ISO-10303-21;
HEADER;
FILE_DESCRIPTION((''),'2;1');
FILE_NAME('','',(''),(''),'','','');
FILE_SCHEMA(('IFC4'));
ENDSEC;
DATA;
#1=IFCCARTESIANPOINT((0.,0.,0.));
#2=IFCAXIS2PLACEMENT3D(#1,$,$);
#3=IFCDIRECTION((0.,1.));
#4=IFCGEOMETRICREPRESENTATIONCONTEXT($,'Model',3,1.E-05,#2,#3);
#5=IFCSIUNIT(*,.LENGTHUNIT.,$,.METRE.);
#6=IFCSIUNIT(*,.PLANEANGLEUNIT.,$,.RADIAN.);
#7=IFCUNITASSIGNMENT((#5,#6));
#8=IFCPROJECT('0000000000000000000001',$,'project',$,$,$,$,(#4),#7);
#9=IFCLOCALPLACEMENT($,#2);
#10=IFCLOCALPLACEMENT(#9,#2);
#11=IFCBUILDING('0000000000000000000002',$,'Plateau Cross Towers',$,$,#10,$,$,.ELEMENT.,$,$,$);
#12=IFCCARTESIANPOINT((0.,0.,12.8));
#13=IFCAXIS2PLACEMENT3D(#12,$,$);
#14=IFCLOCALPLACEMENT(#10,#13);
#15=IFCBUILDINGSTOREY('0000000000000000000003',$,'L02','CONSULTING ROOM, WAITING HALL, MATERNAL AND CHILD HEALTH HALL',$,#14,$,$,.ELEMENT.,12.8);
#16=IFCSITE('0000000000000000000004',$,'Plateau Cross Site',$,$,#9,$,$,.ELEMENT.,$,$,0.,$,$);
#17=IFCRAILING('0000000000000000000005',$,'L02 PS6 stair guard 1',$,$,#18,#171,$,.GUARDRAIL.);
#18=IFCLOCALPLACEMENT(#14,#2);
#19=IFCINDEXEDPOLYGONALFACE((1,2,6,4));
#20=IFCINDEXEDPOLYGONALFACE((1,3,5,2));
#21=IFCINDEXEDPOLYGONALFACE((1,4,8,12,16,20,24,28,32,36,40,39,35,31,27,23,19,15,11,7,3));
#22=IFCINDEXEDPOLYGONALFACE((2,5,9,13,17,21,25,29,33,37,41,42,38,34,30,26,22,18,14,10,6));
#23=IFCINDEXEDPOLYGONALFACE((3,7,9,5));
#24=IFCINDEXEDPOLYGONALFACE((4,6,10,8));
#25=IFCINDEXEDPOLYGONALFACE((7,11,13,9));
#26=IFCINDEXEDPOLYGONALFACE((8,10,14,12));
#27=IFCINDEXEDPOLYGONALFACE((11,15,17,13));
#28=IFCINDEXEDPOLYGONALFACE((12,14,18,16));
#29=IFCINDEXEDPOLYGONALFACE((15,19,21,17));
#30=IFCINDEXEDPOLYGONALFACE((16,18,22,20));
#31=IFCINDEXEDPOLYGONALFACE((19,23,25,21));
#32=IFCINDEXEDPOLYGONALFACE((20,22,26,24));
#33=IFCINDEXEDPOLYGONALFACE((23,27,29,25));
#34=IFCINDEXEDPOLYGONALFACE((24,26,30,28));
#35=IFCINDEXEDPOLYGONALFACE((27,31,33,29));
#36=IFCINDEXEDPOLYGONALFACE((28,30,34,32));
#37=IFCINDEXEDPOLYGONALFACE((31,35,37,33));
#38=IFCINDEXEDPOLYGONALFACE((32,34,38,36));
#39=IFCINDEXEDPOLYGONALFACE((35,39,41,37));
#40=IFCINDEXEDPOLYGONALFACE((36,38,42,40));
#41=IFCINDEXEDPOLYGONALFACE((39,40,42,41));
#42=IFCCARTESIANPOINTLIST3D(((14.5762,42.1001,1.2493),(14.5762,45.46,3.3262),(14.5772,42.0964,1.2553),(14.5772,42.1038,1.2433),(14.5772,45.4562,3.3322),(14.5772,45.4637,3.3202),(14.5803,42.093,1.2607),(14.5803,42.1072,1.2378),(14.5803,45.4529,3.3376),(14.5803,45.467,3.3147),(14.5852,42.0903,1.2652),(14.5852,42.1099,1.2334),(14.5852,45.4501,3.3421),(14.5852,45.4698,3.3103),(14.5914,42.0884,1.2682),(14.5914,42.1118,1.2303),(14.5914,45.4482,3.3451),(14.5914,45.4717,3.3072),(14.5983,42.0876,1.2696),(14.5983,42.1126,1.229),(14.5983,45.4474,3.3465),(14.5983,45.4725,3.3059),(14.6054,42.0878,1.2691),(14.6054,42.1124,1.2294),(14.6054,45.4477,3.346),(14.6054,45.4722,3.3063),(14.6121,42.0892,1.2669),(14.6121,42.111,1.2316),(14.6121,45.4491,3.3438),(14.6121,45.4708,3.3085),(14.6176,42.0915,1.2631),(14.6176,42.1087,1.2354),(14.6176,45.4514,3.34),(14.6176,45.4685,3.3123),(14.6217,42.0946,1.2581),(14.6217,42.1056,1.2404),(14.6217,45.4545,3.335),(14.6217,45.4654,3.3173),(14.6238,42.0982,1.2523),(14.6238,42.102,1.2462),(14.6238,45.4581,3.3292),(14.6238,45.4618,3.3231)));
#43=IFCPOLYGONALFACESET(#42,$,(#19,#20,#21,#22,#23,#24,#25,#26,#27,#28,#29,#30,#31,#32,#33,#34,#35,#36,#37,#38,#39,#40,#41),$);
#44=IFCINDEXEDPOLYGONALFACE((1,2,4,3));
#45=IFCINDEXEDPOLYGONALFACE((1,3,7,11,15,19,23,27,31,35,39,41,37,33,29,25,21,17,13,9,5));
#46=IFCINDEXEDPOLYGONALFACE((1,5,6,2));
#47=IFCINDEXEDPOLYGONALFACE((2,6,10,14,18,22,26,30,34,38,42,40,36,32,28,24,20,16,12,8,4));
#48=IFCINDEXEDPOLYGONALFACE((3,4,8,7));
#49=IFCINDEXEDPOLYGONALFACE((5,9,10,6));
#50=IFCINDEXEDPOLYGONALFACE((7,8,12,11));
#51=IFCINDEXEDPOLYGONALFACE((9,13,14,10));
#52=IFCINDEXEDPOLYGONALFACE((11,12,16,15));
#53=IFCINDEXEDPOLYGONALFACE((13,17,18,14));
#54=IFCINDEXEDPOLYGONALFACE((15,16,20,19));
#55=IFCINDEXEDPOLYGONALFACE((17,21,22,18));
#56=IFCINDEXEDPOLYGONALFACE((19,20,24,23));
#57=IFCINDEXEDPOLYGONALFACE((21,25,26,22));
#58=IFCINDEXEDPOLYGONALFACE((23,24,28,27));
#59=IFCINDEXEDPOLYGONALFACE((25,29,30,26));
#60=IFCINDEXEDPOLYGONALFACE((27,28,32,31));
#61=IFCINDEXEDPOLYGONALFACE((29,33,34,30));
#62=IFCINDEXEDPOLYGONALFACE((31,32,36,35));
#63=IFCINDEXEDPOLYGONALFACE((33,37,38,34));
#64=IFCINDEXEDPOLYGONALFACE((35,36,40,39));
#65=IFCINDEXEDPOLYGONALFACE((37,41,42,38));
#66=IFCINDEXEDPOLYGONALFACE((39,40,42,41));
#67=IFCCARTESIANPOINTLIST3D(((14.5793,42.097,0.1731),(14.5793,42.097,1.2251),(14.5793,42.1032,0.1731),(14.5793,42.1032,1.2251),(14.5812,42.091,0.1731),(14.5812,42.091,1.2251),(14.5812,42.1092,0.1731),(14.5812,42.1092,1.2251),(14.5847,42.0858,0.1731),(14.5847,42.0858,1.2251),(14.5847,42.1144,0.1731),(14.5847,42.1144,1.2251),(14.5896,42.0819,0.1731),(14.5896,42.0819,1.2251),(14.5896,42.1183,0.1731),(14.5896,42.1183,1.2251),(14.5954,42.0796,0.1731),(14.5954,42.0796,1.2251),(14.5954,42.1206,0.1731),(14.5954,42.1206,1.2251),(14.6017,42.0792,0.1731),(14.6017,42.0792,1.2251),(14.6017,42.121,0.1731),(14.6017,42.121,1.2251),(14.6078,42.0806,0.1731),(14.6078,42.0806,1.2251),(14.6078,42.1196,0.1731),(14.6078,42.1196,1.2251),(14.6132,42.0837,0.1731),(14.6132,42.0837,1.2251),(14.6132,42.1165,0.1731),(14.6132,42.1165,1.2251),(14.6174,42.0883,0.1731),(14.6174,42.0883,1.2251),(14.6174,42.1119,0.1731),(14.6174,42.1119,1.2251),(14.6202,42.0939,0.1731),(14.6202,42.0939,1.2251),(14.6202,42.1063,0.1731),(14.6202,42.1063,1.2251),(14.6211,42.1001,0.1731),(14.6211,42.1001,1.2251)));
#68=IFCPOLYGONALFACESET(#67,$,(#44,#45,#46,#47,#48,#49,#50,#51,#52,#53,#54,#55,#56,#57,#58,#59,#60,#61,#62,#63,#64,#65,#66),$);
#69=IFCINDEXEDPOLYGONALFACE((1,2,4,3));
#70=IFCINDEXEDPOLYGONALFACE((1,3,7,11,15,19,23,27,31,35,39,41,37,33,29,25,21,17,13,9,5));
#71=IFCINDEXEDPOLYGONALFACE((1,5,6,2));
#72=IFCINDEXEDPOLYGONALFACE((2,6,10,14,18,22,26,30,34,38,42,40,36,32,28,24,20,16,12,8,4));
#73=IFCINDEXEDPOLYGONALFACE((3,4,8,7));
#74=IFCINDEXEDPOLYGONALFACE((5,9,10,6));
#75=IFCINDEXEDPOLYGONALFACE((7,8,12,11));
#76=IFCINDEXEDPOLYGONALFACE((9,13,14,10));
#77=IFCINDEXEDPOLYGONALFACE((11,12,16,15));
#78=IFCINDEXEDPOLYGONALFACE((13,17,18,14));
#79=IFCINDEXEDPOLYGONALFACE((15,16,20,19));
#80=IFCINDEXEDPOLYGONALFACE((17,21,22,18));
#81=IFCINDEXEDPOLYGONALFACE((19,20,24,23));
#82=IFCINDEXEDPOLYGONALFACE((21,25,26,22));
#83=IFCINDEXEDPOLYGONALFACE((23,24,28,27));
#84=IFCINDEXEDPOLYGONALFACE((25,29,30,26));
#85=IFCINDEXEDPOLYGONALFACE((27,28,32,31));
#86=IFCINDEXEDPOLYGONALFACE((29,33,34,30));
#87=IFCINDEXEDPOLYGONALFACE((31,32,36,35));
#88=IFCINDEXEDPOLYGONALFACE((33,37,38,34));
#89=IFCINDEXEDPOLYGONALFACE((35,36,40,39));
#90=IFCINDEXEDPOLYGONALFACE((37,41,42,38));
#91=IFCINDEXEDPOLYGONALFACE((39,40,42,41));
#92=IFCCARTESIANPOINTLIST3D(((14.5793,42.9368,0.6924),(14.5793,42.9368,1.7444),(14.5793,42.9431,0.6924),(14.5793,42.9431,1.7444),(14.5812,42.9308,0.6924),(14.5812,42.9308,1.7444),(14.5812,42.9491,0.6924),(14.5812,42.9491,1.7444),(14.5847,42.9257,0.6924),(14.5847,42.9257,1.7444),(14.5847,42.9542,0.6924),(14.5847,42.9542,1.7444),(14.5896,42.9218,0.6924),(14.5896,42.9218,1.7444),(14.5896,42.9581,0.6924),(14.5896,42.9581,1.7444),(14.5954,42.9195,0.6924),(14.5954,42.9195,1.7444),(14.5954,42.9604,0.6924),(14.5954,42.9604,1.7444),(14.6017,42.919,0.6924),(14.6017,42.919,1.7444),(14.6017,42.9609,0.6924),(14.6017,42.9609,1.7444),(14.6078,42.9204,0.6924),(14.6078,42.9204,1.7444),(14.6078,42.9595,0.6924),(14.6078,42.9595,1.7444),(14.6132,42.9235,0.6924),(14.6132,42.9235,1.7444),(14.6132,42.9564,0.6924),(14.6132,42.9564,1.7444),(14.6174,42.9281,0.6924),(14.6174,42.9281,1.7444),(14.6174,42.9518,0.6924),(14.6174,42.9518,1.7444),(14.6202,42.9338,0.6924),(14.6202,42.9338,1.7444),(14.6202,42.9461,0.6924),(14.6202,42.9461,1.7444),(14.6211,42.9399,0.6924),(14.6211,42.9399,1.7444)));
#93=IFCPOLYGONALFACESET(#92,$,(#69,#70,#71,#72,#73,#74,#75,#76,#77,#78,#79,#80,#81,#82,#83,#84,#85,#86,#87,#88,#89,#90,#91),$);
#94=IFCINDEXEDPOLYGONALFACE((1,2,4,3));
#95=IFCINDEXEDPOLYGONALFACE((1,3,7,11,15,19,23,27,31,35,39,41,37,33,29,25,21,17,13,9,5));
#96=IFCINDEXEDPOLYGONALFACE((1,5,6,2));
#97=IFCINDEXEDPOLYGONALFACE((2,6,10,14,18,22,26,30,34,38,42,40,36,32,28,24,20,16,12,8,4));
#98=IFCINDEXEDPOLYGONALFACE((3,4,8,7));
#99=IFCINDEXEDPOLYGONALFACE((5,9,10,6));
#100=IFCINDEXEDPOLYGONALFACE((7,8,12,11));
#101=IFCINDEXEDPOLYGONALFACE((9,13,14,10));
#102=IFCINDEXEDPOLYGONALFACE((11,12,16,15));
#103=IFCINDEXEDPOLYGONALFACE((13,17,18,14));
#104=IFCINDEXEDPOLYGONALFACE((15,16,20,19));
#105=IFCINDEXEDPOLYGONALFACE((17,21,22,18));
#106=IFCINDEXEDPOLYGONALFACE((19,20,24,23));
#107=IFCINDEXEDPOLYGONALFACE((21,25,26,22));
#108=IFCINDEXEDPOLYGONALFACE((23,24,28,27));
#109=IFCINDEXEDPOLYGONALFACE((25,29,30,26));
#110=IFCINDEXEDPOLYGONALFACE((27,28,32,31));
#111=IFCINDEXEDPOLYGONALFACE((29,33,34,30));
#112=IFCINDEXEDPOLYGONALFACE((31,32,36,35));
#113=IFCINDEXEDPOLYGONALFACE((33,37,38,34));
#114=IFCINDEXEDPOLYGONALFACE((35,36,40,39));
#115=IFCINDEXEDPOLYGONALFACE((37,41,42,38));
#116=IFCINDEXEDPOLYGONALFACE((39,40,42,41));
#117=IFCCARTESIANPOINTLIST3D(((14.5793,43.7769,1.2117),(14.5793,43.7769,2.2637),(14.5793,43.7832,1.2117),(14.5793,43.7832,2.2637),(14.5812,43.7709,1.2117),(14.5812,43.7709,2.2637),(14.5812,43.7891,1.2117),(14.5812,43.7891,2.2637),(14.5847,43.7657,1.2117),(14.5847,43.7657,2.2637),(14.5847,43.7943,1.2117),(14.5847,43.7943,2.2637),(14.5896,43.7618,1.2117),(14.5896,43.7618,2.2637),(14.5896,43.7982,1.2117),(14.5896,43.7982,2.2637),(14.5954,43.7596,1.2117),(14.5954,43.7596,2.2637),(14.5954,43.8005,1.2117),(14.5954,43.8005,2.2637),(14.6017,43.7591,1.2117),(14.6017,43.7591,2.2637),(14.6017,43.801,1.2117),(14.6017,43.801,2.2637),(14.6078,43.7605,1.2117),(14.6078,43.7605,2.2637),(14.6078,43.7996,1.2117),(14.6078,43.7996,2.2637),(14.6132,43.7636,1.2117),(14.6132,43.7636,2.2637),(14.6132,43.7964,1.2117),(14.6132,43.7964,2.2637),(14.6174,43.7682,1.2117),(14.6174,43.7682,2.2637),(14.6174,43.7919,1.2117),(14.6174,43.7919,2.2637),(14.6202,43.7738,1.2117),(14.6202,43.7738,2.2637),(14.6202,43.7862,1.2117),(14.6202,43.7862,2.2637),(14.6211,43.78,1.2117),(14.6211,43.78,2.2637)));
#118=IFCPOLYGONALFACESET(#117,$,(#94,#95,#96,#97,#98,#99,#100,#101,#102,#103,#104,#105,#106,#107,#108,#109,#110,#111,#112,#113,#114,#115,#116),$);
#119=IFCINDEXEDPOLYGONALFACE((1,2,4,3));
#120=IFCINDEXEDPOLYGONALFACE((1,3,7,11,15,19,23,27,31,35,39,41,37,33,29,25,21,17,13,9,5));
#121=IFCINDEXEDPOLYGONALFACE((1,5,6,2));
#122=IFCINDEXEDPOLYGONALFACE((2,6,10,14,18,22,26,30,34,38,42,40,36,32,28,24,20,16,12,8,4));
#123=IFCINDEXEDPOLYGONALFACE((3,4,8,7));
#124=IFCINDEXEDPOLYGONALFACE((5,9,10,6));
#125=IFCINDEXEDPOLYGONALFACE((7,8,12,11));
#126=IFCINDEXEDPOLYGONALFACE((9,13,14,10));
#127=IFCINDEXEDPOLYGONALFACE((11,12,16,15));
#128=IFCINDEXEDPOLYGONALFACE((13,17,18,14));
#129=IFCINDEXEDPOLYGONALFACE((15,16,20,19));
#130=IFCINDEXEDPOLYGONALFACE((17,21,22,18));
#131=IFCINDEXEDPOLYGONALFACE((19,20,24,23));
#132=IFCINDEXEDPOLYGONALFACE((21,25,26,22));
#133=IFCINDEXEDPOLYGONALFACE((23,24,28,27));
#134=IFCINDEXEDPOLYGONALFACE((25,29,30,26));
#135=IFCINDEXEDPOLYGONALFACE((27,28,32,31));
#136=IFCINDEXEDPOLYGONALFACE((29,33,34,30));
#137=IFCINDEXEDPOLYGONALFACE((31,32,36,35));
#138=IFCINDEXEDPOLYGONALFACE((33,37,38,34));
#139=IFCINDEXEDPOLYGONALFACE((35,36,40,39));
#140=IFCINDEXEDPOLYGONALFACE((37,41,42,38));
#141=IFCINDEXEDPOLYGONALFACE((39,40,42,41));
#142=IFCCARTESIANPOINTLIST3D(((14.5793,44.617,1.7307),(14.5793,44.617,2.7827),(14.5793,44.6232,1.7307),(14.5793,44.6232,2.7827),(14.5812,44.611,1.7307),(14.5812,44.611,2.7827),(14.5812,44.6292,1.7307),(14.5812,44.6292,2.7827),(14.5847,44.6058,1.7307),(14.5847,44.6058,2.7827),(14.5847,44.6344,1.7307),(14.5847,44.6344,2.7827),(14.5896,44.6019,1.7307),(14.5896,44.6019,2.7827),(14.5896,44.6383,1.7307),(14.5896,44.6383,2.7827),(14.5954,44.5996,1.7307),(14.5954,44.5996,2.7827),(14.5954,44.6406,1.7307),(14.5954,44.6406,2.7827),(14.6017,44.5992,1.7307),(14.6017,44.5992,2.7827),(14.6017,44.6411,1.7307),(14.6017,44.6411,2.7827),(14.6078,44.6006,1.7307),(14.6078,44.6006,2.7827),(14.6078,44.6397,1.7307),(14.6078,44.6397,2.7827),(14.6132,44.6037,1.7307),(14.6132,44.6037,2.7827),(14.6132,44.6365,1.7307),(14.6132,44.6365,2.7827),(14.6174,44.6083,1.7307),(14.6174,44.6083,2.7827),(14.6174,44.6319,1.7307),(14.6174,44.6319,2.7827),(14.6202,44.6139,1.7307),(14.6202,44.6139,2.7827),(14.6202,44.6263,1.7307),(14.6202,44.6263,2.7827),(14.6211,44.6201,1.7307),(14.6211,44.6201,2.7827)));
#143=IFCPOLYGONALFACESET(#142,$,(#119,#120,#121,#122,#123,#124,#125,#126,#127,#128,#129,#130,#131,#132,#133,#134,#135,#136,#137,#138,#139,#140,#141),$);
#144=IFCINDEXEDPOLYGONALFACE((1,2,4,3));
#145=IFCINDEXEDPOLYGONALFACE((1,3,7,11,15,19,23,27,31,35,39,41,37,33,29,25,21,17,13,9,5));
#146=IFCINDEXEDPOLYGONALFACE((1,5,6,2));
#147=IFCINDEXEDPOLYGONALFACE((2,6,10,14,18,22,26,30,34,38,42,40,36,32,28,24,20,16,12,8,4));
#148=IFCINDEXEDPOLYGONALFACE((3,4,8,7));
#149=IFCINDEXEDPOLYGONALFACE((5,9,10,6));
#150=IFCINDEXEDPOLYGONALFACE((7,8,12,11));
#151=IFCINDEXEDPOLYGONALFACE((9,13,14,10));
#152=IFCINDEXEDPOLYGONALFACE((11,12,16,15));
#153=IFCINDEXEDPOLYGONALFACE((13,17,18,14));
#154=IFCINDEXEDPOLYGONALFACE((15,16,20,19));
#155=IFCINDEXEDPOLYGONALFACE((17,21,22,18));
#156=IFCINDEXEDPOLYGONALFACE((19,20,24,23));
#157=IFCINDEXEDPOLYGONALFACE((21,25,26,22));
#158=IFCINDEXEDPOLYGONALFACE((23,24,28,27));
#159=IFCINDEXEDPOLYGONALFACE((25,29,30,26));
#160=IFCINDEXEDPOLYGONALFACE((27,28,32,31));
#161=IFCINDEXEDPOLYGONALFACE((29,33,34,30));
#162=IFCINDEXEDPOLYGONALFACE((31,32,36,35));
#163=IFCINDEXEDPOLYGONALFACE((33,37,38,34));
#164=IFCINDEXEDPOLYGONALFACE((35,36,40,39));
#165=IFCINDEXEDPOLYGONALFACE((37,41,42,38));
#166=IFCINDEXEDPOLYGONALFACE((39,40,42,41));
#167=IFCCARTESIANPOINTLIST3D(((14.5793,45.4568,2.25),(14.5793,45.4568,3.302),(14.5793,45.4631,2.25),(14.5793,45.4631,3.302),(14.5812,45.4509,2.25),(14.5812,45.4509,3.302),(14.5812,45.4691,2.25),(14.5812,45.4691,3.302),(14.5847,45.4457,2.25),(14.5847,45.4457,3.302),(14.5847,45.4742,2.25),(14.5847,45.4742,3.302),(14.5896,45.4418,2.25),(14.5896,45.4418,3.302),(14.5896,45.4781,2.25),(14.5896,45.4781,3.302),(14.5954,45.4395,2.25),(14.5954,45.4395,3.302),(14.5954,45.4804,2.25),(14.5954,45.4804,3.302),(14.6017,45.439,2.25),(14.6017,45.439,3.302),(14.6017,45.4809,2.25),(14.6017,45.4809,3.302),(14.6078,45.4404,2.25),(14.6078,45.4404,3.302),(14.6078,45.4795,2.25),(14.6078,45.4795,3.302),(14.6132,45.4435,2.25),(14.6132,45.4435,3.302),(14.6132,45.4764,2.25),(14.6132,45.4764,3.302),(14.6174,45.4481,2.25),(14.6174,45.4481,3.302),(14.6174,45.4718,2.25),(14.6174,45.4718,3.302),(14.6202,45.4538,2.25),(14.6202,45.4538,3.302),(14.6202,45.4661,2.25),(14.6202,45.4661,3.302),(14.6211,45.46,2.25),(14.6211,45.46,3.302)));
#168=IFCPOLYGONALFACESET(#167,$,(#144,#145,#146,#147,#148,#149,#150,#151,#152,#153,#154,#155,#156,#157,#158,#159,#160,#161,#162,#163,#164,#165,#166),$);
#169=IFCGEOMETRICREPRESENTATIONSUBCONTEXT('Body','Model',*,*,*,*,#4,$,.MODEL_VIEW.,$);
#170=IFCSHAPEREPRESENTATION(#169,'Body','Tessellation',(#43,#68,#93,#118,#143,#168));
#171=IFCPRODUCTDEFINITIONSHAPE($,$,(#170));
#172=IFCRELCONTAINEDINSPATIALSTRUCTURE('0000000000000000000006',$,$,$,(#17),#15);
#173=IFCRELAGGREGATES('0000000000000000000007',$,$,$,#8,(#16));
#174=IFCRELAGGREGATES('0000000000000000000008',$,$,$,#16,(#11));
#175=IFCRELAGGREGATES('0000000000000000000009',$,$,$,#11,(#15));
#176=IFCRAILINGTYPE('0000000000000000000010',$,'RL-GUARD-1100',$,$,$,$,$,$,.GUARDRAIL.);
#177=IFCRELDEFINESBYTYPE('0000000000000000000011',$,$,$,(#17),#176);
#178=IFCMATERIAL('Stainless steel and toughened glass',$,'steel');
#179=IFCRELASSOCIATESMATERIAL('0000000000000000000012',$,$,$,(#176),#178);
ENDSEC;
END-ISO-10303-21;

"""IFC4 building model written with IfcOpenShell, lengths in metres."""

from ifc_helpers import new_model, si_unit, direction, frame, origin, origin_2d, place, context, subcontext, project, spatial, circle, extrude, material, type_object, element, save


model = new_model("IFC4")

# Units and contexts
model_context = context("Model", 3, precision=1e-05, world=origin(), true_north=direction((0.0, 1.0)))
body_context = subcontext(model_context, "Body", "Model", "MODEL_VIEW")
ifc_project = project(units=[si_unit("LENGTHUNIT", "METRE"), si_unit("PLANEANGLEUNIT", "RADIAN")], contexts=[model_context])

# Site, building, storey
site_placement = place(None, origin())
site = spatial("IfcSite", under=ifc_project, at=site_placement, Name="Plateau Cross Site", CompositionType="ELEMENT", RefElevation=0.0)
building_placement = place(site_placement, origin())
building = spatial("IfcBuilding", under=site, at=building_placement, Name="Plateau Cross Towers", CompositionType="ELEMENT")
storey_placement = place(building_placement, frame((0.0, 0.0, 12.8)))
storey = spatial("IfcBuildingStorey", under=building, at=storey_placement, Name="L02", Description="CONSULTING ROOM, WAITING HALL, MATERNAL AND CHILD HEALTH HALL", CompositionType="ELEMENT", Elevation=12.8)

# Railing
ifc_material_1 = material(Name="Stainless steel and toughened glass", Category="steel")
railing_type_1 = type_object("IfcRailingType", Name="RL-GUARD-1100", PredefinedType="GUARDRAIL", material=ifc_material_1)
railing_1_placement = place(storey_placement, frame((14.6001, 42.1001, 0.1731)))
element("IfcRailing", 1, at=railing_1_placement, inside=storey, type_object=railing_type_1, Name="L02 PS6 stair guard 1", PredefinedType="GUARDRAIL", context=body_context, shape_type="SweptSolid", body=[
    extrude(circle(Radius=0.0239, at=origin_2d()), frame((0.0, 0.0, 1.0762), z_axis=(0.0, 0.850606, 0.525803), x_axis=(-1.0, 0.0, 0.0)), (0.0, 0.0, 1.0), 3.95),
    extrude(circle(Radius=0.021, at=origin_2d()), origin(), (0.0, 0.0, 1.0), 1.052),
    extrude(circle(Radius=0.021, at=origin_2d()), frame((0.0, 0.8398, 0.5193)), (0.0, 0.0, 1.0), 1.052),
    extrude(circle(Radius=0.021, at=origin_2d()), frame((0.0, 1.6799, 1.0386)), (0.0, 0.0, 1.0), 1.052),
    extrude(circle(Radius=0.021, at=origin_2d()), frame((0.0, 2.52, 1.5576)), (0.0, 0.0, 1.0), 1.052),
    extrude(circle(Radius=0.021, at=origin_2d()), frame((0.0, 3.3599, 2.0769)), (0.0, 0.0, 1.0), 1.052),
])

save(model, "model.ifc")
